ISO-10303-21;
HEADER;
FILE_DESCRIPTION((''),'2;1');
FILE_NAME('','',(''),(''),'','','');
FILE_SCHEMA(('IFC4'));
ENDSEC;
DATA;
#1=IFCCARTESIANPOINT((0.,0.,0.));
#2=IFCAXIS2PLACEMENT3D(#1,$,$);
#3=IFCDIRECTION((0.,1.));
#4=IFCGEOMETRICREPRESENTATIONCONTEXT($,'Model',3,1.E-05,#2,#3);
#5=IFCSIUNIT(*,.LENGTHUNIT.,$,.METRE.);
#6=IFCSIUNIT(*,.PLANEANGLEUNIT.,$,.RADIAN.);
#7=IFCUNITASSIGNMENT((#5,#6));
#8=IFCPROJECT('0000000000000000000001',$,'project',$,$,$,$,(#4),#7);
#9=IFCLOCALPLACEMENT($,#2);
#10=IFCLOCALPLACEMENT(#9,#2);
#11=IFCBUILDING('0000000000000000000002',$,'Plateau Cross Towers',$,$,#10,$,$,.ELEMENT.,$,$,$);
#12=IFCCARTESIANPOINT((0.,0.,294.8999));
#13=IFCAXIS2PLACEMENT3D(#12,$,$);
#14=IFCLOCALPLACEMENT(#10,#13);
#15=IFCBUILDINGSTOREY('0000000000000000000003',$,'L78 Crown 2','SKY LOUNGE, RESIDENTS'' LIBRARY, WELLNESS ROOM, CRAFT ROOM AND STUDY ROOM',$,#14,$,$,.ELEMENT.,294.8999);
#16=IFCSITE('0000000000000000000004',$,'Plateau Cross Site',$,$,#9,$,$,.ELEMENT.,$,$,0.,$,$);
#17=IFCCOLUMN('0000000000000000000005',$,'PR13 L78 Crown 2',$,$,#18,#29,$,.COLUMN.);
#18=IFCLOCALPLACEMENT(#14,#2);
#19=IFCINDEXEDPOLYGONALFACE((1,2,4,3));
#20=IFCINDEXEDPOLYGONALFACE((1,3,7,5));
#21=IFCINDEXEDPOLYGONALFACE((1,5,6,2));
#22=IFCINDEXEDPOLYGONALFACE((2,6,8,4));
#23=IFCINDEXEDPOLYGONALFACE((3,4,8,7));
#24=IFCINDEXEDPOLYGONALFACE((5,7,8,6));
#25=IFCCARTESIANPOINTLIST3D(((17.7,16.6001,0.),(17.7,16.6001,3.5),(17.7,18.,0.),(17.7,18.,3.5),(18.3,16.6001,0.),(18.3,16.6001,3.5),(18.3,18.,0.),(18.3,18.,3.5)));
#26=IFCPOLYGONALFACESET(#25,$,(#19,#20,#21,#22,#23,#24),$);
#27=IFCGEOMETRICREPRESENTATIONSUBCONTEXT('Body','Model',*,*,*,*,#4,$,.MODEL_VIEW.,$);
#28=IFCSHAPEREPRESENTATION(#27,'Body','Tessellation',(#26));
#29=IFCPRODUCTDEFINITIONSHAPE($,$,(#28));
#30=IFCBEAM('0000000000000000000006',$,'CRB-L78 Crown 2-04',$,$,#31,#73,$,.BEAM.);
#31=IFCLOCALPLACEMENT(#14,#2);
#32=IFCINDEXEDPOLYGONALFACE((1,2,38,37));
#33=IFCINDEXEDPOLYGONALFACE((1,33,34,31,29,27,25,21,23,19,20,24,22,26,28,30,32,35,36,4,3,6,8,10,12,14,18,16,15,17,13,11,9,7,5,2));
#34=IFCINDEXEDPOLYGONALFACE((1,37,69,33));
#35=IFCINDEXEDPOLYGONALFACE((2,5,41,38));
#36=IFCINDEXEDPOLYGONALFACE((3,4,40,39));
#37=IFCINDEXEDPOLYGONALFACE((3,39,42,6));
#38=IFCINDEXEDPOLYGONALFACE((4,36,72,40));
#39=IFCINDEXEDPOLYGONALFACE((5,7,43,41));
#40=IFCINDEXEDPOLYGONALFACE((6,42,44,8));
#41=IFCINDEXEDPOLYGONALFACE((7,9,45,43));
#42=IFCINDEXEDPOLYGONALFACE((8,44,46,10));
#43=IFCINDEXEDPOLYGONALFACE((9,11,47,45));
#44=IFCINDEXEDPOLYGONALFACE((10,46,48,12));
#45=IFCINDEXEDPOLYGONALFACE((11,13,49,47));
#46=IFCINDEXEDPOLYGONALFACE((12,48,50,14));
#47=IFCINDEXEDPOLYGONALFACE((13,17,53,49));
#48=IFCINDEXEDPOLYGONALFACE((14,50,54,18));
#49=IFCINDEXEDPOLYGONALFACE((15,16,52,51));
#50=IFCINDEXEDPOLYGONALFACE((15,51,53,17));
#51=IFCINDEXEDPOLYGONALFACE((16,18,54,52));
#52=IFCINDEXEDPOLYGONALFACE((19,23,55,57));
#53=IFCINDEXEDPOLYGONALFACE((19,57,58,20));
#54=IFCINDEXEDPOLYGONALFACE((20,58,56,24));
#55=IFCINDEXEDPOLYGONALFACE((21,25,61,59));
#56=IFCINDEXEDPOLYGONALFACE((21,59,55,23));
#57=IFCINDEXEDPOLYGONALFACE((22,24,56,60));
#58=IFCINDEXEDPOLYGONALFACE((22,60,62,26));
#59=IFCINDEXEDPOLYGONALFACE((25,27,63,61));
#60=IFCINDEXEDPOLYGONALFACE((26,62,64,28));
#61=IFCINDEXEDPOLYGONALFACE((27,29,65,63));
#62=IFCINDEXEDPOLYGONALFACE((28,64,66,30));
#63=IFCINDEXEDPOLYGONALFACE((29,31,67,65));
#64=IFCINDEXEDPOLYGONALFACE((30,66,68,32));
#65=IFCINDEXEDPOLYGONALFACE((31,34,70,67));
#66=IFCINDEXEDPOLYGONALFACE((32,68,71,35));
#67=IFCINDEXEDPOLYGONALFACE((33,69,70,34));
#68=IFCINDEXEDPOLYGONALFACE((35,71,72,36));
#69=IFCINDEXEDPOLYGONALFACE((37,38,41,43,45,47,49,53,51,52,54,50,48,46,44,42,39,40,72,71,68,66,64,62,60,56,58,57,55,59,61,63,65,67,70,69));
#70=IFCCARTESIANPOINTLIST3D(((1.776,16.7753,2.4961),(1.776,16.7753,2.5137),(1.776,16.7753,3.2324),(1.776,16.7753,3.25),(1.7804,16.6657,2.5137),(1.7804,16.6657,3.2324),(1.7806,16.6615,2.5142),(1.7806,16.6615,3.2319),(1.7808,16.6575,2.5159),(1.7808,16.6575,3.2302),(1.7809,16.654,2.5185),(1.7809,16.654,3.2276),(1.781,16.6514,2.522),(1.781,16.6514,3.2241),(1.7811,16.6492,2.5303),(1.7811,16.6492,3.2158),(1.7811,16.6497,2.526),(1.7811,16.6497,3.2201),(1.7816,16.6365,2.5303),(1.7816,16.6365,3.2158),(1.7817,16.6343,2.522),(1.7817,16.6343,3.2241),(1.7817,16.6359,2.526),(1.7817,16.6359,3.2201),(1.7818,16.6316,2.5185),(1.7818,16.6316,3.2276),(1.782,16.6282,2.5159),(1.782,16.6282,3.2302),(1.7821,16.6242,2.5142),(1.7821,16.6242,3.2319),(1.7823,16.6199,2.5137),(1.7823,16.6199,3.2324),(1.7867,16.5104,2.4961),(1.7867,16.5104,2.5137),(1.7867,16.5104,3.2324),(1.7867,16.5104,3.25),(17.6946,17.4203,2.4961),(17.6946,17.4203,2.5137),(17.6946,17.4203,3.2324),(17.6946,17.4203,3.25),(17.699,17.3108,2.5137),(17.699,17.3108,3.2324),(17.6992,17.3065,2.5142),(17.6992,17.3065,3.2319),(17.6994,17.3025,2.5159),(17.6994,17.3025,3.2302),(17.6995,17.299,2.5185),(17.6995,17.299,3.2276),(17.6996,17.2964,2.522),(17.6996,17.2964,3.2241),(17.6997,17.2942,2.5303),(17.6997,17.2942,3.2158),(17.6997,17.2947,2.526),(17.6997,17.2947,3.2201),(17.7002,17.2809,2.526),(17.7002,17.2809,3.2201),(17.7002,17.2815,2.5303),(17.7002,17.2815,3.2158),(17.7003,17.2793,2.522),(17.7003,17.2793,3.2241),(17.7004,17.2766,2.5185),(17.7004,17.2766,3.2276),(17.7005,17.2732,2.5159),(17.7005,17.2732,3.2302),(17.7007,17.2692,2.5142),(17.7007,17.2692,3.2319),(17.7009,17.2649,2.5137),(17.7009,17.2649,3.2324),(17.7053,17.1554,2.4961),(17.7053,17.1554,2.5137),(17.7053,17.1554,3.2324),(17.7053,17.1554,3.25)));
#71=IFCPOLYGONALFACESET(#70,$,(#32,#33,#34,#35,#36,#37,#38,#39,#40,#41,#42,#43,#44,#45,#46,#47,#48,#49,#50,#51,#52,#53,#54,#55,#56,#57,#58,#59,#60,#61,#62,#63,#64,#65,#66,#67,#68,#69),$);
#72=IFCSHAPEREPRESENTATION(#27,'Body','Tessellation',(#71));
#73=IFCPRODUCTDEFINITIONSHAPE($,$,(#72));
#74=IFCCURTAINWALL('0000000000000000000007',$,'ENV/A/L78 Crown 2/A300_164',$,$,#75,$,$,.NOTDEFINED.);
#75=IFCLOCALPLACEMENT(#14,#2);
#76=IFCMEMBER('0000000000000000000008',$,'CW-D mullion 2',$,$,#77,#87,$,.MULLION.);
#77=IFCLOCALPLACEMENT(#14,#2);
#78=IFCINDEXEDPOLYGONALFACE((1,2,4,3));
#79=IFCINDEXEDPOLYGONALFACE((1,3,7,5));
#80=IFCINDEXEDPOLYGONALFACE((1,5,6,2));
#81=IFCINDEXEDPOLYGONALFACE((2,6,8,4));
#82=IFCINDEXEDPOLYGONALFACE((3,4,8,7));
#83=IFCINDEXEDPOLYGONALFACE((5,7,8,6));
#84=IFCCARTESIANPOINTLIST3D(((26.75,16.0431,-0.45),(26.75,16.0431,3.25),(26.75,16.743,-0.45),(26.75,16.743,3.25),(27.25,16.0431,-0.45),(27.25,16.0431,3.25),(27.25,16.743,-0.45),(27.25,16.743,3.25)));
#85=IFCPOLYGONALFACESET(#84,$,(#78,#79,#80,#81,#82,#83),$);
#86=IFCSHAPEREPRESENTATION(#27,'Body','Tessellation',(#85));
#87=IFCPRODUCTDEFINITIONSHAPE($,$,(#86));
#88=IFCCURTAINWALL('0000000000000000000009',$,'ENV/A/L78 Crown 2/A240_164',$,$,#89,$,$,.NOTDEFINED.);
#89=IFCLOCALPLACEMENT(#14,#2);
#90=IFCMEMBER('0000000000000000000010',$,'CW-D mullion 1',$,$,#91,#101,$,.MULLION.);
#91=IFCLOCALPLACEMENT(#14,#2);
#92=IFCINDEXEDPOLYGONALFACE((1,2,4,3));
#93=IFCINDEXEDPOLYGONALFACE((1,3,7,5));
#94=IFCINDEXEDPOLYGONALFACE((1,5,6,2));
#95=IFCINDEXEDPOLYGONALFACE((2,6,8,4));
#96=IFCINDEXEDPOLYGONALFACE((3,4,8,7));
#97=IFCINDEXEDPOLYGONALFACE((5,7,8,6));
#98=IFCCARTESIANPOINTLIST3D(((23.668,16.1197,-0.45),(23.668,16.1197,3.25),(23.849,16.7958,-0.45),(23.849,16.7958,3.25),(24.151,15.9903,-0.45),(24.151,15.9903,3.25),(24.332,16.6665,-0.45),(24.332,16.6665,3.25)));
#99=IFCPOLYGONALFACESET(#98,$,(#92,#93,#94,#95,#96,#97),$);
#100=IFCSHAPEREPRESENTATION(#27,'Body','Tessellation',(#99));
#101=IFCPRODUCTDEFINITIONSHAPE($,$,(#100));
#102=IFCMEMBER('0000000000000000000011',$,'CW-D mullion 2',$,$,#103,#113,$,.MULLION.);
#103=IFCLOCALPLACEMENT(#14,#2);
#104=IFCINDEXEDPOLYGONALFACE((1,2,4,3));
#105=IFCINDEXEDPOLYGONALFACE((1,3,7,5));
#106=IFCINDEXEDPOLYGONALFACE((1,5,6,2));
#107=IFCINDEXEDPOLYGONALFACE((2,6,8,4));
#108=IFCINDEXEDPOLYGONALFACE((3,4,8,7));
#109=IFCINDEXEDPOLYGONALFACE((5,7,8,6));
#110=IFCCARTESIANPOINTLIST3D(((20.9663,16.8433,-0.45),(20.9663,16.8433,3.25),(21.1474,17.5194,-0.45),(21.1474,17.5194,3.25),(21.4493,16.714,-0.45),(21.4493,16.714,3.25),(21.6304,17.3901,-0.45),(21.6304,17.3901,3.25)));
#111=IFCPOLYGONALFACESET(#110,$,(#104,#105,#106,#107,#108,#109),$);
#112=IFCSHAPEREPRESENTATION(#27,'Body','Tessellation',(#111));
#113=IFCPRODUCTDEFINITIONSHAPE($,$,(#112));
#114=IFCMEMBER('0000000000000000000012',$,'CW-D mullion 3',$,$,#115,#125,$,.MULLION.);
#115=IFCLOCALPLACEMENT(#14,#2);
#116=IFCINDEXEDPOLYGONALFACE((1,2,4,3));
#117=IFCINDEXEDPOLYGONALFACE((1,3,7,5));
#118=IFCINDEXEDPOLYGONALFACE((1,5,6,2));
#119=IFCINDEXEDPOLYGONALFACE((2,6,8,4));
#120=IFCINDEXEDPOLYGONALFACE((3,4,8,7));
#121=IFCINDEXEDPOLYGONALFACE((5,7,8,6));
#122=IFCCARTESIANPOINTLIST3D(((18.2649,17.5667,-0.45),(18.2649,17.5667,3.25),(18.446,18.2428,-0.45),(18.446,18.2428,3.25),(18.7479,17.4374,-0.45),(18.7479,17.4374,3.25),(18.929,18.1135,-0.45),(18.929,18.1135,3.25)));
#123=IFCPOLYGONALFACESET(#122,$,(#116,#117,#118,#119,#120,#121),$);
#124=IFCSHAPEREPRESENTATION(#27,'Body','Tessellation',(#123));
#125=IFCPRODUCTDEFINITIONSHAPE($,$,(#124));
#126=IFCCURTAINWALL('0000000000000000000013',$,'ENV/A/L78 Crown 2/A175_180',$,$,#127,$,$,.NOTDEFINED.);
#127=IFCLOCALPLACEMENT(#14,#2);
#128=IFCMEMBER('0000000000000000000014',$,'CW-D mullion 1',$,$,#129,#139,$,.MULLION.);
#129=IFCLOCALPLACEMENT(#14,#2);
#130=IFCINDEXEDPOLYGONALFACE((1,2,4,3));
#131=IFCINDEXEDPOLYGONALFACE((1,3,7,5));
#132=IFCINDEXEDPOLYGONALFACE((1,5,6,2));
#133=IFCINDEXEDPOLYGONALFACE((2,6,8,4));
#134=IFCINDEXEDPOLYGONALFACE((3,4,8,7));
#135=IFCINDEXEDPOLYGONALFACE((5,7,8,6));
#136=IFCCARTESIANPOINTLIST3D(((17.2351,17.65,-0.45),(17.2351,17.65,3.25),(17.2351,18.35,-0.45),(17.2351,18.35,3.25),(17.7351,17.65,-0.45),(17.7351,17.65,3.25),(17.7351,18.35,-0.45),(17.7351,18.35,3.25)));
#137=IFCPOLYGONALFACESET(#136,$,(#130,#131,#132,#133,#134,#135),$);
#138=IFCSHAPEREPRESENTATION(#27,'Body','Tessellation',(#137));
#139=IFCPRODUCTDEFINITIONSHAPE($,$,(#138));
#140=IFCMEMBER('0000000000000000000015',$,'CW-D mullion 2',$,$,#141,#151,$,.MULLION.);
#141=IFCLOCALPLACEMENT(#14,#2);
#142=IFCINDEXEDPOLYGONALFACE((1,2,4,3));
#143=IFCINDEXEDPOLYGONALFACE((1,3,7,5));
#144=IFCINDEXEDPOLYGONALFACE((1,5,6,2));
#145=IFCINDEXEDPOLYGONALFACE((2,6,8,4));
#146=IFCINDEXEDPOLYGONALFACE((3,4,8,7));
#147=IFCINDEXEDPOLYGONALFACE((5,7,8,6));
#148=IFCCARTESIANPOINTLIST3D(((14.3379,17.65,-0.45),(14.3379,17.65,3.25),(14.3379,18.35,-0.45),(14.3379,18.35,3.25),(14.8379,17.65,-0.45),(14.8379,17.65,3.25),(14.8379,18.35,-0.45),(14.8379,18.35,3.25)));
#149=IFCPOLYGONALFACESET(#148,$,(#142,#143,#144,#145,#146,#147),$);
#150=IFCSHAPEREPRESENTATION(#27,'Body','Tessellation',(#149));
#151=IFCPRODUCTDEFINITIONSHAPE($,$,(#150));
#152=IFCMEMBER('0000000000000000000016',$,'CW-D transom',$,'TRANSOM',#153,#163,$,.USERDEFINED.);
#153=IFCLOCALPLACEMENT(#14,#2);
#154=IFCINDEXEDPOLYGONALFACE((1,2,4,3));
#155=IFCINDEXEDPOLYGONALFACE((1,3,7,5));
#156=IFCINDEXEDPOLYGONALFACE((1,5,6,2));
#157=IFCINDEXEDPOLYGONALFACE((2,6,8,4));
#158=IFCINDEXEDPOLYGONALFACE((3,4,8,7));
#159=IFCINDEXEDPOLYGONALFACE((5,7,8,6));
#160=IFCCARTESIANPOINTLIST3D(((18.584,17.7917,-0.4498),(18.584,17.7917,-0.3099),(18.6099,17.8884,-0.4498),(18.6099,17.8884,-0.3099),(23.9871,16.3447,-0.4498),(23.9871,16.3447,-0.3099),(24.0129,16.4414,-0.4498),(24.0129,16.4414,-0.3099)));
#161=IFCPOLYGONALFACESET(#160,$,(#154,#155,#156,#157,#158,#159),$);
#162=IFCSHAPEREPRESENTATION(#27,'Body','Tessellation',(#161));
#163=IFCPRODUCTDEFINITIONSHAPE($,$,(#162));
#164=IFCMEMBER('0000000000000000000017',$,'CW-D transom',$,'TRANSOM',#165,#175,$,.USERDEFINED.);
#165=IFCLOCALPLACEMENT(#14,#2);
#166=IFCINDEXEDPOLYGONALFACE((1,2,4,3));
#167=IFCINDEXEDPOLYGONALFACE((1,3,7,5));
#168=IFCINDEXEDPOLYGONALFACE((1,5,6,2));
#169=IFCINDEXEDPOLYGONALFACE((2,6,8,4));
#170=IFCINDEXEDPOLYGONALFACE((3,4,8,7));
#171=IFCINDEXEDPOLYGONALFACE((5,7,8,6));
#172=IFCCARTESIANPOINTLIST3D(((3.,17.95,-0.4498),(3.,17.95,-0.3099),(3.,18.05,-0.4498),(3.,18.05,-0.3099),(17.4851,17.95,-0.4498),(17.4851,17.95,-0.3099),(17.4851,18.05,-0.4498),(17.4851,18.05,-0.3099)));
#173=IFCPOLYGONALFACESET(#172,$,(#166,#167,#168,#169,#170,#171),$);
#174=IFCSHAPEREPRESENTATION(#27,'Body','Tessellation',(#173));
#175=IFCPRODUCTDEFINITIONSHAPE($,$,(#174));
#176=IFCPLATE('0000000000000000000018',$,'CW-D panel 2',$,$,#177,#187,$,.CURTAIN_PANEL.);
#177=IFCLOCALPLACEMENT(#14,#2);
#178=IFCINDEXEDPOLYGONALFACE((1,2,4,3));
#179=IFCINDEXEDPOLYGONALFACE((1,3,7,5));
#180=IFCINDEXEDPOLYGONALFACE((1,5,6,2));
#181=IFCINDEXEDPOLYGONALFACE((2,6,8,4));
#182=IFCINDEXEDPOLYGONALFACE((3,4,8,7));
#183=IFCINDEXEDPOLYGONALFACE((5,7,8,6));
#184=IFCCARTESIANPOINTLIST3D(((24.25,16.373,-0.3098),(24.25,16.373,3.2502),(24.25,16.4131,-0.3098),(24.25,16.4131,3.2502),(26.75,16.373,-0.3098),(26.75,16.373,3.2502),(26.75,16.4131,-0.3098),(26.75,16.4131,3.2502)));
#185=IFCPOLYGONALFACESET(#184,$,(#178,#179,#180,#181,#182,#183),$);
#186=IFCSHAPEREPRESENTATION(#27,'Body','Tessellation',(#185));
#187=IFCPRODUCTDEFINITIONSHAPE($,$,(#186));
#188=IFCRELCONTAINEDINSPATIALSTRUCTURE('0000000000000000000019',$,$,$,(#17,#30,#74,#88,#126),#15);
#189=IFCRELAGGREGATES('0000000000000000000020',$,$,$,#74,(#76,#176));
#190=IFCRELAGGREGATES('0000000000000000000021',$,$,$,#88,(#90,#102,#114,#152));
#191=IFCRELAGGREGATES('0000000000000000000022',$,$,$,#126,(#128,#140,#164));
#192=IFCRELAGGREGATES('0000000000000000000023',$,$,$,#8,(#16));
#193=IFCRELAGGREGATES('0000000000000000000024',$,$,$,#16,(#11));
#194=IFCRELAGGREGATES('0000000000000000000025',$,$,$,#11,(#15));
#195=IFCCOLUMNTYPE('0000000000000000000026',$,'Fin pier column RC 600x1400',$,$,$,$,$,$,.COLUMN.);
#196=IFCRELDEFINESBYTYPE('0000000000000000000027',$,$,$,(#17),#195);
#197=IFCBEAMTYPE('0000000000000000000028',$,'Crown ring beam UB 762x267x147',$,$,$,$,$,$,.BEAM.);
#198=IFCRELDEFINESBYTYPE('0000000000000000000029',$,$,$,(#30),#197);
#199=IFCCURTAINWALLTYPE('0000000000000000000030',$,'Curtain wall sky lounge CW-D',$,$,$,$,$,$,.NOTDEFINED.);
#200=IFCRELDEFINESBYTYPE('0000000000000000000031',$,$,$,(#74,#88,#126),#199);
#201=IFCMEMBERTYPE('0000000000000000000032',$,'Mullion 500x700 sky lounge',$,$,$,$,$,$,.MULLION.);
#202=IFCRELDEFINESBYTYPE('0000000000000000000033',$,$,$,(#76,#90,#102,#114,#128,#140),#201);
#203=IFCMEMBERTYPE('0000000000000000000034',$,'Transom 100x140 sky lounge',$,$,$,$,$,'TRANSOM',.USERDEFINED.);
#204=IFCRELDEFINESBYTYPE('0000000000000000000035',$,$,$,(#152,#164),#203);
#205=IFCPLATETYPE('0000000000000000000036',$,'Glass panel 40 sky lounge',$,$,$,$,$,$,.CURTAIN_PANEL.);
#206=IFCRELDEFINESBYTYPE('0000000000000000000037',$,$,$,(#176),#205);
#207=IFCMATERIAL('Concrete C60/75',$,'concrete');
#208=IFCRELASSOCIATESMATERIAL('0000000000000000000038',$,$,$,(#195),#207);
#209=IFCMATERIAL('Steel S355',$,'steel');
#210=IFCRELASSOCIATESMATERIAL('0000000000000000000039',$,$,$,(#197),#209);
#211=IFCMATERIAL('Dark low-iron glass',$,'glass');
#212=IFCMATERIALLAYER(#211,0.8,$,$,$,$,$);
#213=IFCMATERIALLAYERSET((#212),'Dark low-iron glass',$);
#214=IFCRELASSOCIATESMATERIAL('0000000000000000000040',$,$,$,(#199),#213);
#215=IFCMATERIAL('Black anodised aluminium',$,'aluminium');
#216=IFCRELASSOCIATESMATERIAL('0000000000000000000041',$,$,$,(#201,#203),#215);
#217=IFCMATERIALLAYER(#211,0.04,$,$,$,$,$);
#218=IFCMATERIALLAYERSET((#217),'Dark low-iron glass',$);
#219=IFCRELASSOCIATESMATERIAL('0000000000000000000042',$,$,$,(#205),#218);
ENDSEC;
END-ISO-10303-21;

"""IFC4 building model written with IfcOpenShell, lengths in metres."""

from ifc_helpers import new_model, si_unit, direction, frame, origin, origin_2d, place, context, subcontext, project, spatial, rectangle, i_section, extrude, material, layer, layer_set, material_profile, profile_set, type_object, element, aggregate, save


model = new_model("IFC4")

# Units and contexts
model_context = context("Model", 3, precision=1e-05, world=origin(), true_north=direction((0.0, 1.0)))
body_context = subcontext(model_context, "Body", "Model", "MODEL_VIEW")
ifc_project = project(units=[si_unit("LENGTHUNIT", "METRE"), si_unit("PLANEANGLEUNIT", "RADIAN")], contexts=[model_context])

# Site, building, storey
site_placement = place(None, origin())
site = spatial("IfcSite", under=ifc_project, at=site_placement, Name="Plateau Cross Site", CompositionType="ELEMENT", RefElevation=0.0)
building_placement = place(site_placement, origin())
building = spatial("IfcBuilding", under=site, at=building_placement, Name="Plateau Cross Towers", CompositionType="ELEMENT")
storey_placement = place(building_placement, frame((0.0, 0.0, 294.8999)))
storey = spatial("IfcBuildingStorey", under=building, at=storey_placement, Name="L78 Crown 2", Description="SKY LOUNGE, RESIDENTS' LIBRARY, WELLNESS ROOM, CRAFT ROOM AND STUDY ROOM", CompositionType="ELEMENT", Elevation=294.8999)

# Column
ifc_material_1 = material(Name="Concrete C60/75", Category="concrete")
ifc_material_profile_1 = material_profile(ifc_material_1, rectangle(XDim=0.6001, YDim=1.3999, at=origin_2d()), Name="RC 600x1400")
ifc_profile_set_1 = profile_set([ifc_material_profile_1], Name="Concrete C60/75")
column_type = type_object("IfcColumnType", Name="Fin pier column RC 600x1400", PredefinedType="COLUMN", material=ifc_profile_set_1)
column_placement = place(storey_placement, frame((18.0, 17.3, 0.0), z_axis=(0.0, 0.0, 1.0), x_axis=(1.0, 0.0, 0.0)))
element("IfcColumn", 1, at=column_placement, inside=storey, type_object=column_type, Name="PR13 L78 Crown 2", PredefinedType="COLUMN", context=body_context, shape_type="SweptSolid", body=[
    extrude(rectangle(XDim=0.6001, YDim=1.3999, at=origin_2d()), origin(), (0.0, 0.0, 1.0), 3.5),
])

# Beam
ifc_material_2 = material(Name="Steel S355", Category="steel")
ifc_material_profile_2 = material_profile(ifc_material_2, i_section(OverallWidth=0.2651, OverallDepth=0.7539, WebThickness=0.0127, FlangeThickness=0.0176, FilletRadius=0.0166, at=origin_2d()), Name="UB 762x267x147")
ifc_profile_set_2 = profile_set([ifc_material_profile_2], Name="Steel S355")
beam_type = type_object("IfcBeamType", Name="Crown ring beam UB 762x267x147", PredefinedType="BEAM", material=ifc_profile_set_2)
beam_placement = place(storey_placement, frame((17.7, 17.2878, 2.873), z_axis=(-0.99918, -0.040487, 0.0), x_axis=(0.040487, -0.99918, 0.0)))
element("IfcBeam", 2, at=beam_placement, inside=storey, type_object=beam_type, Name="CRB-L78 Crown 2-04", PredefinedType="BEAM", context=body_context, shape_type="SweptSolid", body=[
    extrude(i_section(OverallWidth=0.2651, OverallDepth=0.7539, WebThickness=0.0127, FlangeThickness=0.0176, FilletRadius=0.0166, at=origin_2d()), origin(), (0.0, 0.0, 1.0), 15.9316),
])

# Curtain wall, member
ifc_material_3 = material(Name="Dark low-iron glass", Category="glass")
ifc_layer_1 = layer(ifc_material_3, 0.8)
ifc_layer_set_1 = layer_set([ifc_layer_1], Name="Dark low-iron glass")
curtain_wall_type = type_object("IfcCurtainWallType", Name="Curtain wall sky lounge CW-D", PredefinedType="NOTDEFINED", material=ifc_layer_set_1)
curtain_wall_1_placement = place(storey_placement, origin())
curtain_wall_1 = element("IfcCurtainWall", 3, at=curtain_wall_1_placement, inside=storey, type_object=curtain_wall_type, Name="ENV/A/L78 Crown 2/A300_164", PredefinedType="NOTDEFINED")
ifc_material_4 = material(Name="Black anodised aluminium", Category="aluminium")
ifc_material_profile_3 = material_profile(ifc_material_4, rectangle(XDim=0.5, YDim=0.7, at=origin_2d()), Name="MULLION 500x700")
ifc_profile_set_3 = profile_set([ifc_material_profile_3], Name="Black anodised aluminium")
member_type_1 = type_object("IfcMemberType", Name="Mullion 500x700 sky lounge", PredefinedType="MULLION", material=ifc_profile_set_3)
member_1_placement = place(storey_placement, frame((27.0, 16.3931, -0.45), z_axis=(0.0, 0.0, 1.0), x_axis=(-1.0, 0.0, 0.0)))
member_1 = element("IfcMember", 4, at=member_1_placement, type_object=member_type_1, Name="CW-D mullion 2", PredefinedType="MULLION", context=body_context, shape_type="SweptSolid", body=[
    extrude(rectangle(XDim=0.5, YDim=0.7, at=origin_2d()), origin(), (0.0, 0.0, 1.0), 3.7),
])

# Curtain walls, members
curtain_wall_2_placement = place(storey_placement, origin())
curtain_wall_2 = element("IfcCurtainWall", 5, at=curtain_wall_2_placement, inside=storey, type_object=curtain_wall_type, Name="ENV/A/L78 Crown 2/A240_164", PredefinedType="NOTDEFINED")
member_2_placement = place(storey_placement, frame((24.0, 16.3931, -0.45), z_axis=(0.0, 0.0, 1.0), x_axis=(-0.965958, 0.258699, 0.0)))
member_2 = element("IfcMember", 6, at=member_2_placement, type_object=member_type_1, Name="CW-D mullion 1", PredefinedType="MULLION", context=body_context, shape_type="SweptSolid", body=[
    extrude(rectangle(XDim=0.5, YDim=0.7, at=origin_2d()), origin(), (0.0, 0.0, 1.0), 3.7),
])
member_3_placement = place(storey_placement, frame((21.2983, 17.1167, -0.45), z_axis=(0.0, 0.0, 1.0), x_axis=(-0.965958, 0.258699, 0.0)))
member_3 = element("IfcMember", 7, at=member_3_placement, type_object=member_type_1, Name="CW-D mullion 2", PredefinedType="MULLION", context=body_context, shape_type="SweptSolid", body=[
    extrude(rectangle(XDim=0.5, YDim=0.7, at=origin_2d()), origin(), (0.0, 0.0, 1.0), 3.7),
])
member_4_placement = place(storey_placement, frame((18.5969, 17.8401, -0.45), z_axis=(0.0, 0.0, 1.0), x_axis=(-0.965958, 0.258699, 0.0)))
member_4 = element("IfcMember", 8, at=member_4_placement, type_object=member_type_1, Name="CW-D mullion 3", PredefinedType="MULLION", context=body_context, shape_type="SweptSolid", body=[
    extrude(rectangle(XDim=0.5, YDim=0.7, at=origin_2d()), origin(), (0.0, 0.0, 1.0), 3.7),
])
curtain_wall_3_placement = place(storey_placement, origin())
curtain_wall_3 = element("IfcCurtainWall", 9, at=curtain_wall_3_placement, inside=storey, type_object=curtain_wall_type, Name="ENV/A/L78 Crown 2/A175_180", PredefinedType="NOTDEFINED")
member_5_placement = place(storey_placement, frame((17.4851, 18.0, -0.45), z_axis=(0.0, 0.0, 1.0), x_axis=(-1.0, 0.0, 0.0)))
member_5 = element("IfcMember", 10, at=member_5_placement, type_object=member_type_1, Name="CW-D mullion 1", PredefinedType="MULLION", context=body_context, shape_type="SweptSolid", body=[
    extrude(rectangle(XDim=0.5, YDim=0.7, at=origin_2d()), origin(), (0.0, 0.0, 1.0), 3.7),
])
member_6_placement = place(storey_placement, frame((14.5879, 18.0, -0.45), z_axis=(0.0, 0.0, 1.0), x_axis=(-1.0, 0.0, 0.0)))
member_6 = element("IfcMember", 11, at=member_6_placement, type_object=member_type_1, Name="CW-D mullion 2", PredefinedType="MULLION", context=body_context, shape_type="SweptSolid", body=[
    extrude(rectangle(XDim=0.5, YDim=0.7, at=origin_2d()), origin(), (0.0, 0.0, 1.0), 3.7),
])

# Members
ifc_material_profile_4 = material_profile(ifc_material_4, rectangle(XDim=0.1001, YDim=0.1399, at=origin_2d()), Name="TRANSOM 100x140")
ifc_profile_set_4 = profile_set([ifc_material_profile_4], Name="Black anodised aluminium")
member_type_2 = type_object("IfcMemberType", Name="Transom 100x140 sky lounge", ElementType="TRANSOM", PredefinedType="USERDEFINED", material=ifc_profile_set_4)
member_7_placement = place(storey_placement, frame((24.0, 16.3931, -0.3799), z_axis=(-0.965958, 0.258698, 0.0), x_axis=(-0.258698, -0.965958, 0.0)))
member_7 = element("IfcMember", 12, at=member_7_placement, type_object=member_type_2, Name="CW-D transom", ObjectType="TRANSOM", PredefinedType="USERDEFINED", context=body_context, shape_type="SweptSolid", body=[
    extrude(rectangle(XDim=0.1001, YDim=0.1399, at=origin_2d()), origin(), (0.0, 0.0, 1.0), 5.5935),
])
member_8_placement = place(storey_placement, frame((17.4851, 18.0, -0.3799), z_axis=(-1.0, 0.0, 0.0), x_axis=(0.0, -1.0, 0.0)))
member_8 = element("IfcMember", 13, at=member_8_placement, type_object=member_type_2, Name="CW-D transom", ObjectType="TRANSOM", PredefinedType="USERDEFINED", context=body_context, shape_type="SweptSolid", body=[
    extrude(rectangle(XDim=0.1001, YDim=0.1399, at=origin_2d()), origin(), (0.0, 0.0, 1.0), 14.4851),
])

# Plate
ifc_layer_2 = layer(ifc_material_3, 0.04)
ifc_layer_set_2 = layer_set([ifc_layer_2], Name="Dark low-iron glass")
plate_type = type_object("IfcPlateType", Name="Glass panel 40 sky lounge", PredefinedType="CURTAIN_PANEL", material=ifc_layer_set_2)
plate_1_placement = place(storey_placement, frame((25.5, 16.3931, -0.3098), z_axis=(0.0, 0.0, 1.0), x_axis=(-1.0, 0.0, 0.0)))
plate_1 = element("IfcPlate", 14, at=plate_1_placement, type_object=plate_type, Name="CW-D panel 2", PredefinedType="CURTAIN_PANEL", context=body_context, shape_type="SweptSolid", body=[
    extrude(rectangle(XDim=2.5, YDim=0.04, at=origin_2d()), origin(), (0.0, 0.0, 1.0), 3.5601),
])
aggregate(curtain_wall_1, [member_1, plate_1])
aggregate(curtain_wall_2, [member_2, member_3, member_4, member_7])
aggregate(curtain_wall_3, [member_5, member_6, member_8])

save(model, "model.ifc")
